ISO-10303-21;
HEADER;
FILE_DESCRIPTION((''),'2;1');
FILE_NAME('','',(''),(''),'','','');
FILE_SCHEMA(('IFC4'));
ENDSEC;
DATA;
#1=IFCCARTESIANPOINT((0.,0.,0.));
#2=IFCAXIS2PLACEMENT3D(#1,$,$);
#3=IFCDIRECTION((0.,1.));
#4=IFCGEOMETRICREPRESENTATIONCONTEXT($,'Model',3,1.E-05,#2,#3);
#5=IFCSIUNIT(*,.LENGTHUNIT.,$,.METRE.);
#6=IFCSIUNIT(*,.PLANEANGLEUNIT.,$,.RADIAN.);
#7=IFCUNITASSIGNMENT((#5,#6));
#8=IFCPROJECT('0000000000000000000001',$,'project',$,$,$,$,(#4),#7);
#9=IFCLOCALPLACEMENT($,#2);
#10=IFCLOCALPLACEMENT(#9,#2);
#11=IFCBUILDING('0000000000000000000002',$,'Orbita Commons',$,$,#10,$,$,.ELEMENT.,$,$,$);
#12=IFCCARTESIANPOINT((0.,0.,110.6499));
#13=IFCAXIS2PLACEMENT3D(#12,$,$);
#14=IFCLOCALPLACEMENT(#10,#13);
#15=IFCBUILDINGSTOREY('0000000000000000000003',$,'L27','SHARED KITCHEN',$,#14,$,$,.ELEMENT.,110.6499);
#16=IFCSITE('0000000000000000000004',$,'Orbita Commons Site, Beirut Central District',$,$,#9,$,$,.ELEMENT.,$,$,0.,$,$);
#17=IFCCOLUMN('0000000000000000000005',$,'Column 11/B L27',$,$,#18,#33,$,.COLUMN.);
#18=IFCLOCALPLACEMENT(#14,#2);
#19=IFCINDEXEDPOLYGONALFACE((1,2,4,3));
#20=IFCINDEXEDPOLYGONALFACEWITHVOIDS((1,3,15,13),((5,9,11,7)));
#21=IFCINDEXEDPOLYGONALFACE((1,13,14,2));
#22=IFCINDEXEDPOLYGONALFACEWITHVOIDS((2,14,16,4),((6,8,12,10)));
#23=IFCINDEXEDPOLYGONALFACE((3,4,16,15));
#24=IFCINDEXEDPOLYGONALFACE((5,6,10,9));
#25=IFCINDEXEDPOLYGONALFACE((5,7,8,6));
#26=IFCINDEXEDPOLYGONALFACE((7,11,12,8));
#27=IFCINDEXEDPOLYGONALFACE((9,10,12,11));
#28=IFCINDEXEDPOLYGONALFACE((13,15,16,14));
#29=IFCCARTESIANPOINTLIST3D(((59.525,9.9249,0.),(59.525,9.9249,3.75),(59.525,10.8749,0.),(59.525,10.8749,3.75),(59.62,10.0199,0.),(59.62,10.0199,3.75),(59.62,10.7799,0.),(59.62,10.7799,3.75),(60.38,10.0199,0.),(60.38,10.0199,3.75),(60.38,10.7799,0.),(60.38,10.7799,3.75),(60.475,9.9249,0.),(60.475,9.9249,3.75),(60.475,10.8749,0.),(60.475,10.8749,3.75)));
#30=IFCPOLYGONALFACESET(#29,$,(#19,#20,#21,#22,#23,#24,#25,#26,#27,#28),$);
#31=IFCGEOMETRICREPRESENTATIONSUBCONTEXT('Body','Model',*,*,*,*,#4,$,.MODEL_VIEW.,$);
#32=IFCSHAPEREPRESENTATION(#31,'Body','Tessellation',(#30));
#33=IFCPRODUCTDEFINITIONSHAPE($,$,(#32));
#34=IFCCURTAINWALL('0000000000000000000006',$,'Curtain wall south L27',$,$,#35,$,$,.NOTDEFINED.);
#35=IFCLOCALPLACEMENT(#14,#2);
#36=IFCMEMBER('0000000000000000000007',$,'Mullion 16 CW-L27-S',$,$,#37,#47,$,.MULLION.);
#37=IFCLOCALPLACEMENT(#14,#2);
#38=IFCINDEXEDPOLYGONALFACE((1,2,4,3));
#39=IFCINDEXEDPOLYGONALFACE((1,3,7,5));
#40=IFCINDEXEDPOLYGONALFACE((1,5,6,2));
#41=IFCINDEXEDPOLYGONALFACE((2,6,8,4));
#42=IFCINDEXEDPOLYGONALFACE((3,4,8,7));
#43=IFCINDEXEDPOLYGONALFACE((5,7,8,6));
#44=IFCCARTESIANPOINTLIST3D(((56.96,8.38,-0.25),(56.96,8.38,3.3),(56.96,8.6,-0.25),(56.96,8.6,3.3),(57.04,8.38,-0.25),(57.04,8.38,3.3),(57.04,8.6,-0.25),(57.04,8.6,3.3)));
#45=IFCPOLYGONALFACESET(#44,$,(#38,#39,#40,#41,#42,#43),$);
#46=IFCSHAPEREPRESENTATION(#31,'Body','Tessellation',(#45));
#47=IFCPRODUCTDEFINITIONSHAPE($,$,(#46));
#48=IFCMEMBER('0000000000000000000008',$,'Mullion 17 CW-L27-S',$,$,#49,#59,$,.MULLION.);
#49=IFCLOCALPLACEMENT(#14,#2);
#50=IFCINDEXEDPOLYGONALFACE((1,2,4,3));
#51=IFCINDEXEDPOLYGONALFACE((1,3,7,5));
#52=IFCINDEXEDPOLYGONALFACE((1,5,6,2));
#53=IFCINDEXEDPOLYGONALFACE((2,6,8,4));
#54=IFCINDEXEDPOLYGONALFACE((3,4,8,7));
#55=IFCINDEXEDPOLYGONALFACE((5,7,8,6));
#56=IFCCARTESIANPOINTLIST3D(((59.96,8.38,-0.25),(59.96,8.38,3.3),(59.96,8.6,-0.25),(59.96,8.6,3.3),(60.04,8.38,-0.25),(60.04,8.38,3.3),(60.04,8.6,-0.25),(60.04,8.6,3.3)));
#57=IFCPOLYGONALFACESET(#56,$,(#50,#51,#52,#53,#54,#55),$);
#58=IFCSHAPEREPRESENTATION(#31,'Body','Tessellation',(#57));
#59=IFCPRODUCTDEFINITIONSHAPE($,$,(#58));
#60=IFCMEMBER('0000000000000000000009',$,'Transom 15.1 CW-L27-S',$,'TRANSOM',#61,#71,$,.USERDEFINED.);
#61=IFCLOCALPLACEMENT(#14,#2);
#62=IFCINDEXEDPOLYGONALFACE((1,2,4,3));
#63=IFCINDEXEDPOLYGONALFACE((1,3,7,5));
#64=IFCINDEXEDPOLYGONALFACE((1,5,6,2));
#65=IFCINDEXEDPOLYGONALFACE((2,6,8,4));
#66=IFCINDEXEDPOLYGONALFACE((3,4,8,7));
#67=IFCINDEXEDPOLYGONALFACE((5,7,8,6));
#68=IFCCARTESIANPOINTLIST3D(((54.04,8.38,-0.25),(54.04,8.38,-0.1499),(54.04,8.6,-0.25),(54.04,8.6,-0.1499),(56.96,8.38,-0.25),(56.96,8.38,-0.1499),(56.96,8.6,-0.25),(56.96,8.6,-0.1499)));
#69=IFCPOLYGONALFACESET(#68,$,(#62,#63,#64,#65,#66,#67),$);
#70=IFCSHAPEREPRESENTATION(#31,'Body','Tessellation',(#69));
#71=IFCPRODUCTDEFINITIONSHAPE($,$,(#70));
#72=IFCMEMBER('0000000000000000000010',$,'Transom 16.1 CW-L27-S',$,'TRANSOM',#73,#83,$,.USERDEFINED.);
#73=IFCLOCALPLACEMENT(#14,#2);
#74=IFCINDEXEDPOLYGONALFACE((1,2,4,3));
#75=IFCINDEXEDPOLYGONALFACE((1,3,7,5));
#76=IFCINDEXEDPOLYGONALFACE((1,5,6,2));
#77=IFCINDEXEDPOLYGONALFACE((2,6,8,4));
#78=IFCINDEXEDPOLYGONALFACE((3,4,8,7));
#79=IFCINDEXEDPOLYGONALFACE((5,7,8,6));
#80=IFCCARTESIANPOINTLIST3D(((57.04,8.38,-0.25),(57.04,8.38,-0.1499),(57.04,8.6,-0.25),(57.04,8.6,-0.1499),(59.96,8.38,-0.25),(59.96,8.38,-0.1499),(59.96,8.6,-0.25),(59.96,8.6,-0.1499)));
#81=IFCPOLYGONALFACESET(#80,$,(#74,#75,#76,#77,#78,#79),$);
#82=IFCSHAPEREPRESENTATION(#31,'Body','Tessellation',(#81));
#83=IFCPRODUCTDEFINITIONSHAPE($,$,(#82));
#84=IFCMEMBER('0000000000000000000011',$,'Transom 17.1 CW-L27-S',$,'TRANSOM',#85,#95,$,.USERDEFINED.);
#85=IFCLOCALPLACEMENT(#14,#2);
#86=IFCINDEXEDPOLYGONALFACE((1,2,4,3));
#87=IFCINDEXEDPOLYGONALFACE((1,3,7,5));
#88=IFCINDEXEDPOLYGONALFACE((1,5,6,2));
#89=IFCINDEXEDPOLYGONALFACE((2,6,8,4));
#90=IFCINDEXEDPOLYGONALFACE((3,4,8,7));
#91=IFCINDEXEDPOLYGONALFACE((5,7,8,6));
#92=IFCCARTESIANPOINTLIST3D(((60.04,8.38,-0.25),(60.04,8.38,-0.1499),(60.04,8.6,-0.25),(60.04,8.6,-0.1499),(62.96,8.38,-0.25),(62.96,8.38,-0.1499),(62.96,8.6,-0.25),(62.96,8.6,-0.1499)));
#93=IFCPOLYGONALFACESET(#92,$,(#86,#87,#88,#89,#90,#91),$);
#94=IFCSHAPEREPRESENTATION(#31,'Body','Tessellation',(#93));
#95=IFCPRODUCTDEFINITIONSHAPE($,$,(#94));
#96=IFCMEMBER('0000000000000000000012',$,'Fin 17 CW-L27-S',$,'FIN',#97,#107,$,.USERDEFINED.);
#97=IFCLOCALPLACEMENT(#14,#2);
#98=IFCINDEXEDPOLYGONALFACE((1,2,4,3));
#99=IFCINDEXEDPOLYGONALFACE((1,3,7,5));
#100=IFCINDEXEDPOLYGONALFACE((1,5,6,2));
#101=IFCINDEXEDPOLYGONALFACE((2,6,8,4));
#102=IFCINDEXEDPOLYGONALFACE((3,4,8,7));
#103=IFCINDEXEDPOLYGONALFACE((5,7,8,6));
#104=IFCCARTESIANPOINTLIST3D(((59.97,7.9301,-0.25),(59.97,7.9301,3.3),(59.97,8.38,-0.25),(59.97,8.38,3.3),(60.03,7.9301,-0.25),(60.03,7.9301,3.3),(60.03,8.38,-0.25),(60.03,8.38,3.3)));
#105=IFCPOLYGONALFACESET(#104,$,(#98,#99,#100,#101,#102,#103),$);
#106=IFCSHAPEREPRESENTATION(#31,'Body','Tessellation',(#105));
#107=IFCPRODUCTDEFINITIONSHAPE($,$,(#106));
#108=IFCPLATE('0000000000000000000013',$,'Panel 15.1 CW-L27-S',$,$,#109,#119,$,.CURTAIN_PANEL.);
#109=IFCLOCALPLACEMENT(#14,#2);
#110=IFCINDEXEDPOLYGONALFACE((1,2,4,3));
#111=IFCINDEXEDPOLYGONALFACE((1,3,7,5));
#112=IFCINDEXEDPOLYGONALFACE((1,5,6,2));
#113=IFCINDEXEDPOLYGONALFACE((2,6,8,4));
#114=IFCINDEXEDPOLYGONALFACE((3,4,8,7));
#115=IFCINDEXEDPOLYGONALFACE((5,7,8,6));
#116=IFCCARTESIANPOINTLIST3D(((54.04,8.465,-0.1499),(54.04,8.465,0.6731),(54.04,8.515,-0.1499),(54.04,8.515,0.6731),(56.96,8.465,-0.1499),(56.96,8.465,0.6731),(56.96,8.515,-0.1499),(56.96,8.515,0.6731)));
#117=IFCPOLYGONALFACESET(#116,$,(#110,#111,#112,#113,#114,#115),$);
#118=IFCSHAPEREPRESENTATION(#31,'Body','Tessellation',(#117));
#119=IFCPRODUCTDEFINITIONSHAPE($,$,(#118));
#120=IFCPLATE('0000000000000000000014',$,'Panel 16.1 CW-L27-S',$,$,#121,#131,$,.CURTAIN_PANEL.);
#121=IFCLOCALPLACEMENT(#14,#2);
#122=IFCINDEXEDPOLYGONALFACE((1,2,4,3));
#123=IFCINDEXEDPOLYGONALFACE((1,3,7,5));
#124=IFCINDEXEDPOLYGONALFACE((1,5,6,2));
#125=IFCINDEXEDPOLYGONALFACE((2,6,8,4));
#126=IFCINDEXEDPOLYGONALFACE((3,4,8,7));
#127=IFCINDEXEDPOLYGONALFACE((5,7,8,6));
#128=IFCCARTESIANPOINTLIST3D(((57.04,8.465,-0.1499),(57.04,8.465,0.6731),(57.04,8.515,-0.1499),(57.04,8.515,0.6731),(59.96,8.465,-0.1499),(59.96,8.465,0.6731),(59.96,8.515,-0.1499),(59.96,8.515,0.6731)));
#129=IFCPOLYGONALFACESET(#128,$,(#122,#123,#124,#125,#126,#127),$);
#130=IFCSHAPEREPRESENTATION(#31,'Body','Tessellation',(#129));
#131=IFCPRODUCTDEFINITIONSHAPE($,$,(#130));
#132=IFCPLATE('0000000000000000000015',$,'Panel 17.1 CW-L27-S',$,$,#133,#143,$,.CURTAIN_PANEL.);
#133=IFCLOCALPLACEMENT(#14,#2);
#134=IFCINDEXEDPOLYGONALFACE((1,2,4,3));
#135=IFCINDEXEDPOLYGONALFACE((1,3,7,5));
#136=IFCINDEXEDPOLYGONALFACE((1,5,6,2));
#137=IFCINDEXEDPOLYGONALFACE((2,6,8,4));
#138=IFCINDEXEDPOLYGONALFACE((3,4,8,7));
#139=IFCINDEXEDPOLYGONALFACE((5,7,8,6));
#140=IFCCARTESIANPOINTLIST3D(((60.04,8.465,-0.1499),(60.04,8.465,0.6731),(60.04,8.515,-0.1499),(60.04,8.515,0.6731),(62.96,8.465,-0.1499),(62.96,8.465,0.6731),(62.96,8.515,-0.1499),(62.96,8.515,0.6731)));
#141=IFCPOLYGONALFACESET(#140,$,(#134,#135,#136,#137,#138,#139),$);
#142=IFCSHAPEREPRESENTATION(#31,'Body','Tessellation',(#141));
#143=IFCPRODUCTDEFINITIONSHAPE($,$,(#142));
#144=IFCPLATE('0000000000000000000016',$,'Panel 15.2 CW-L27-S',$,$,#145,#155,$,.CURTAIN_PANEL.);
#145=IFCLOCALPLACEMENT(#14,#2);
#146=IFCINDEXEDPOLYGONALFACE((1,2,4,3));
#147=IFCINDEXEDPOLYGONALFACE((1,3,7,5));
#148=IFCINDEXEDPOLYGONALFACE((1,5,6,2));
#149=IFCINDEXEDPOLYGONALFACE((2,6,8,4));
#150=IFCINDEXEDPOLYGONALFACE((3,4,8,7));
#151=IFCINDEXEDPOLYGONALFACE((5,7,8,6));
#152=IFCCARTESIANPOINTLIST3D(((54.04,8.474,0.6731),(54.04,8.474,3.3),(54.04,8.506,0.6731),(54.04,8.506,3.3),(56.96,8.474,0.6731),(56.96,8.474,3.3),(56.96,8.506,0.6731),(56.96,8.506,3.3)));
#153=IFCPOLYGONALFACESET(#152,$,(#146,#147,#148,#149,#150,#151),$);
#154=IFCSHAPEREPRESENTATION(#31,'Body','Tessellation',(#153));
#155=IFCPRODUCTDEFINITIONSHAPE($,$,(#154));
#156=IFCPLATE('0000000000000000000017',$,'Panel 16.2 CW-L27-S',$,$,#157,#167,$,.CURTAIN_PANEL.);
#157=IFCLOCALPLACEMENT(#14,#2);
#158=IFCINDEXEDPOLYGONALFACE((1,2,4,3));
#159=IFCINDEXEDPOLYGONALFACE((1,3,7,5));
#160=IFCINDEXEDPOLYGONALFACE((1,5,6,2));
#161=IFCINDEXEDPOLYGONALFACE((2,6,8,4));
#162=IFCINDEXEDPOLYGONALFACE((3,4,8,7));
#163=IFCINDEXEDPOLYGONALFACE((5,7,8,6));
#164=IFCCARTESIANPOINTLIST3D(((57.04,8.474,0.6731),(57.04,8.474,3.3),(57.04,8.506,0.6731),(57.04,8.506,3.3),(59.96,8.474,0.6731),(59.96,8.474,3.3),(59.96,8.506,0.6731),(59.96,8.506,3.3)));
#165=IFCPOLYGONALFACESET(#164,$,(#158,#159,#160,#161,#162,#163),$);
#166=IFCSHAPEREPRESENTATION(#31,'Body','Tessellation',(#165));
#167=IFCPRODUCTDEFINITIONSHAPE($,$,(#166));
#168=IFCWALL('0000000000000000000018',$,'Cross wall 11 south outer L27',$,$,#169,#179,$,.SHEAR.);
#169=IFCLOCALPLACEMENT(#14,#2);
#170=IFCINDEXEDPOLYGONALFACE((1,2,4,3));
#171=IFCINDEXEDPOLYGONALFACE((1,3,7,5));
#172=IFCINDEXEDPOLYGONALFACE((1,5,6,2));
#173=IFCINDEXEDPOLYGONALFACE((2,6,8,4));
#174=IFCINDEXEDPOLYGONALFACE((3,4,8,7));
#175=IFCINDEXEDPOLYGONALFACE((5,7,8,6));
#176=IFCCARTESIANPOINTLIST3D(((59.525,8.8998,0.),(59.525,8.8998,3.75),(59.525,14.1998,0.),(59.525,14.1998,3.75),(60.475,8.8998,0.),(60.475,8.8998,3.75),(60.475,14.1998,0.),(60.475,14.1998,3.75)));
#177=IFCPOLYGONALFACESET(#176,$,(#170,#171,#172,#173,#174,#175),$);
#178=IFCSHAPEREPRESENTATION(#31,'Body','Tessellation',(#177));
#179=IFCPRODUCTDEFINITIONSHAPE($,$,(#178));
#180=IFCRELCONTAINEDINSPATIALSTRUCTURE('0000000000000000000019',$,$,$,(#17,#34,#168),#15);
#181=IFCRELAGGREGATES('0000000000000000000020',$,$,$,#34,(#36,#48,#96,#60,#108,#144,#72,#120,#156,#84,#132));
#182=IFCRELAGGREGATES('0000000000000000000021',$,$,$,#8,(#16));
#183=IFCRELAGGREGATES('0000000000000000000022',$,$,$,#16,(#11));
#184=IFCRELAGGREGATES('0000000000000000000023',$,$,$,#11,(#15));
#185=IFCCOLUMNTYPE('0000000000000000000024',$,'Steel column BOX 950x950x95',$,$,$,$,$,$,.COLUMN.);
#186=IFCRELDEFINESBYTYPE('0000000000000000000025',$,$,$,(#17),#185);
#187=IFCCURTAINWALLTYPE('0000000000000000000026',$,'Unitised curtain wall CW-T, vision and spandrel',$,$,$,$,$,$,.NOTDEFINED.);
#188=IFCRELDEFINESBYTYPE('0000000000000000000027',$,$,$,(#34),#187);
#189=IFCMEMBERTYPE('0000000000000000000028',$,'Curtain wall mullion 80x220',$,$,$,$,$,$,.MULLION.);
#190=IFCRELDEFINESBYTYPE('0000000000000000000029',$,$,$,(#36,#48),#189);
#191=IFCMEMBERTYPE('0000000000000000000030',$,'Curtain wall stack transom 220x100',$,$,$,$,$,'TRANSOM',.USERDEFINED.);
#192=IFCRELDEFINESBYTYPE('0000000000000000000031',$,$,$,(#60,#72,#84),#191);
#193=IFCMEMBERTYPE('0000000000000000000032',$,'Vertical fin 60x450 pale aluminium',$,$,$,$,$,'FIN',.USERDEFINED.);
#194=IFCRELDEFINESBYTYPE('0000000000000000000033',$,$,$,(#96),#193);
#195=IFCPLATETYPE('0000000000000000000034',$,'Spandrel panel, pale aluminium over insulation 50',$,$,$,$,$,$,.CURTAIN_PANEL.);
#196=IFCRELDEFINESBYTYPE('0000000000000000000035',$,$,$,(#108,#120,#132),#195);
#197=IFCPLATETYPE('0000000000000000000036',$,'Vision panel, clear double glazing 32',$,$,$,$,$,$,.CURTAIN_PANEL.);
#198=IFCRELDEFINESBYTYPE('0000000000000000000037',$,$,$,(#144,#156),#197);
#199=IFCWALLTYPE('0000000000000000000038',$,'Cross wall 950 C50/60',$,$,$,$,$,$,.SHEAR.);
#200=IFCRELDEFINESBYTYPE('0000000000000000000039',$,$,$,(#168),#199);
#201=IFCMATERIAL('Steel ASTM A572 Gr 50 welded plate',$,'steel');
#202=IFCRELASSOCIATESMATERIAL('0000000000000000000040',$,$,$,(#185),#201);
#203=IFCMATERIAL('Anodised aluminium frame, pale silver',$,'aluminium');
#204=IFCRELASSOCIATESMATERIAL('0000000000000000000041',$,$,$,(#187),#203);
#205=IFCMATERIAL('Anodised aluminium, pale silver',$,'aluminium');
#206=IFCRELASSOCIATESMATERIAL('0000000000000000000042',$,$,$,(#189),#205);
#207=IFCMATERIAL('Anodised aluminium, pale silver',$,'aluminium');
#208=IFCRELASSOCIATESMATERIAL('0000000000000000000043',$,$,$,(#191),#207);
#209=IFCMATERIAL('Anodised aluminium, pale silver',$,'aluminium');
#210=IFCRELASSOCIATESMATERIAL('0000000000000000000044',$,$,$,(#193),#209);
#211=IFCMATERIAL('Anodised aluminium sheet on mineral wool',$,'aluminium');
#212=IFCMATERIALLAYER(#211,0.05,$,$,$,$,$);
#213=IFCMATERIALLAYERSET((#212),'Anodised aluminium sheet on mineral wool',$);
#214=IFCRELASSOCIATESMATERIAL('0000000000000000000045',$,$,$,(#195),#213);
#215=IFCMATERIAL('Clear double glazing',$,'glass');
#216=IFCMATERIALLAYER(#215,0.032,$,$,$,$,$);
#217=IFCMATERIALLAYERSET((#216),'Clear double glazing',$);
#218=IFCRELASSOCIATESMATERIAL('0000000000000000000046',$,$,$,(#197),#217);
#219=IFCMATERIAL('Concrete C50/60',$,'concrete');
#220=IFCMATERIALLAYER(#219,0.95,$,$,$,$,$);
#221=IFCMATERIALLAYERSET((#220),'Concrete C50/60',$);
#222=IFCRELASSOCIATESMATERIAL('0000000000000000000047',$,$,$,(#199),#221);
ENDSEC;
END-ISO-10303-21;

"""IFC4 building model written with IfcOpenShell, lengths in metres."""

from ifc_helpers import new_model, si_unit, direction, frame, frame_2d, origin, origin_2d, place, context, subcontext, project, spatial, rectangle, hollow_rectangle, extrude, material, layer, layer_set, material_profile, profile_set, type_object, element, aggregate, save


model = new_model("IFC4")

# Units and contexts
model_context = context("Model", 3, precision=1e-05, world=origin(), true_north=direction((0.0, 1.0)))
body_context = subcontext(model_context, "Body", "Model", "MODEL_VIEW")
ifc_project = project(units=[si_unit("LENGTHUNIT", "METRE"), si_unit("PLANEANGLEUNIT", "RADIAN")], contexts=[model_context])

# Site, building, storey
site_placement = place(None, origin())
site = spatial("IfcSite", under=ifc_project, at=site_placement, Name="Orbita Commons Site, Beirut Central District", CompositionType="ELEMENT", RefElevation=0.0)
building_placement = place(site_placement, origin())
building = spatial("IfcBuilding", under=site, at=building_placement, Name="Orbita Commons", CompositionType="ELEMENT")
storey_placement = place(building_placement, frame((0.0, 0.0, 110.6499)))
storey = spatial("IfcBuildingStorey", under=building, at=storey_placement, Name="L27", Description="SHARED KITCHEN", CompositionType="ELEMENT", Elevation=110.6499)

# Column
ifc_material_1 = material(Name="Steel ASTM A572 Gr 50 welded plate", Category="steel")
ifc_material_profile_1 = material_profile(ifc_material_1, hollow_rectangle(XDim=0.95, YDim=0.95, WallThickness=0.095, at=origin_2d()), Name="BOX 950x950x95")
ifc_profile_set_1 = profile_set([ifc_material_profile_1], Name="Steel ASTM A572 Gr 50 welded plate")
column_type = type_object("IfcColumnType", Name="Steel column BOX 950x950x95", PredefinedType="COLUMN", material=ifc_profile_set_1)
column_placement = place(storey_placement, frame((60.0, 10.3999, 0.0), z_axis=(0.0, 0.0, 1.0), x_axis=(1.0, 0.0, 0.0)))
element("IfcColumn", 1, at=column_placement, inside=storey, type_object=column_type, Name="Column 11/B L27", PredefinedType="COLUMN", context=body_context, shape_type="SweptSolid", body=[
    extrude(hollow_rectangle(XDim=0.95, YDim=0.95, WallThickness=0.095, at=origin_2d()), origin(), (0.0, 0.0, 1.0), 3.75),
])

# Curtain wall, members, plates
ifc_material_2 = material(Name="Anodised aluminium frame, pale silver", Category="aluminium")
curtain_wall_type = type_object("IfcCurtainWallType", Name="Unitised curtain wall CW-T, vision and spandrel", PredefinedType="NOTDEFINED", material=ifc_material_2)
curtain_wall_placement = place(storey_placement, origin())
curtain_wall = element("IfcCurtainWall", 2, at=curtain_wall_placement, inside=storey, type_object=curtain_wall_type, Name="Curtain wall south L27", PredefinedType="NOTDEFINED")
ifc_material_3 = material(Name="Anodised aluminium, pale silver", Category="aluminium")
ifc_material_profile_2 = material_profile(ifc_material_3, rectangle(XDim=0.0801, YDim=0.22, at=origin_2d()), Name="AL 80x220")
ifc_profile_set_2 = profile_set([ifc_material_profile_2], Name="Anodised aluminium, pale silver")
member_type_1 = type_object("IfcMemberType", Name="Curtain wall mullion 80x220", PredefinedType="MULLION", material=ifc_profile_set_2)
member_1_placement = place(storey_placement, frame((57.0, 8.49, -0.25), z_axis=(0.0, 0.0, 1.0), x_axis=(1.0, 0.0, 0.0)))
member_1 = element("IfcMember", 3, at=member_1_placement, type_object=member_type_1, Name="Mullion 16 CW-L27-S", PredefinedType="MULLION", context=body_context, shape_type="SweptSolid", body=[
    extrude(rectangle(XDim=0.0801, YDim=0.22, at=origin_2d()), origin(), (0.0, 0.0, 1.0), 3.55),
])
member_2_placement = place(storey_placement, frame((60.0, 8.49, -0.25), z_axis=(0.0, 0.0, 1.0), x_axis=(1.0, 0.0, 0.0)))
member_2 = element("IfcMember", 4, at=member_2_placement, type_object=member_type_1, Name="Mullion 17 CW-L27-S", PredefinedType="MULLION", context=body_context, shape_type="SweptSolid", body=[
    extrude(rectangle(XDim=0.0801, YDim=0.22, at=origin_2d()), origin(), (0.0, 0.0, 1.0), 3.55),
])
ifc_material_4 = material(Name="Anodised aluminium, pale silver", Category="aluminium")
ifc_material_profile_3 = material_profile(ifc_material_4, rectangle(XDim=0.22, YDim=0.1001, at=origin_2d()), Name="AL 220x100")
ifc_profile_set_3 = profile_set([ifc_material_profile_3], Name="Anodised aluminium, pale silver")
member_type_2 = type_object("IfcMemberType", Name="Curtain wall stack transom 220x100", ElementType="TRANSOM", PredefinedType="USERDEFINED", material=ifc_profile_set_3)
member_3_placement = place(storey_placement, frame((54.04, 8.49, -0.2), z_axis=(1.0, 0.0, 0.0), x_axis=(0.0, 1.0, 0.0)))
member_3 = element("IfcMember", 5, at=member_3_placement, type_object=member_type_2, Name="Transom 15.1 CW-L27-S", ObjectType="TRANSOM", PredefinedType="USERDEFINED", context=body_context, shape_type="SweptSolid", body=[
    extrude(rectangle(XDim=0.22, YDim=0.1001, at=origin_2d()), origin(), (0.0, 0.0, 1.0), 2.9199),
])
member_4_placement = place(storey_placement, frame((57.04, 8.49, -0.2), z_axis=(1.0, 0.0, 0.0), x_axis=(0.0, 1.0, 0.0)))
member_4 = element("IfcMember", 6, at=member_4_placement, type_object=member_type_2, Name="Transom 16.1 CW-L27-S", ObjectType="TRANSOM", PredefinedType="USERDEFINED", context=body_context, shape_type="SweptSolid", body=[
    extrude(rectangle(XDim=0.22, YDim=0.1001, at=origin_2d()), origin(), (0.0, 0.0, 1.0), 2.9199),
])
member_5_placement = place(storey_placement, frame((60.04, 8.49, -0.2), z_axis=(1.0, 0.0, 0.0), x_axis=(0.0, 1.0, 0.0)))
member_5 = element("IfcMember", 7, at=member_5_placement, type_object=member_type_2, Name="Transom 17.1 CW-L27-S", ObjectType="TRANSOM", PredefinedType="USERDEFINED", context=body_context, shape_type="SweptSolid", body=[
    extrude(rectangle(XDim=0.22, YDim=0.1001, at=origin_2d()), origin(), (0.0, 0.0, 1.0), 2.9199),
])
ifc_material_5 = material(Name="Anodised aluminium, pale silver", Category="aluminium")
ifc_material_profile_4 = material_profile(ifc_material_5, rectangle(XDim=0.0601, YDim=0.45, at=origin_2d()), Name="FIN 60x450")
ifc_profile_set_4 = profile_set([ifc_material_profile_4], Name="Anodised aluminium, pale silver")
member_type_3 = type_object("IfcMemberType", Name="Vertical fin 60x450 pale aluminium", ElementType="FIN", PredefinedType="USERDEFINED", material=ifc_profile_set_4)
member_6_placement = place(storey_placement, frame((60.0, 8.155, -0.25), z_axis=(0.0, 0.0, 1.0), x_axis=(1.0, 0.0, 0.0)))
member_6 = element("IfcMember", 8, at=member_6_placement, type_object=member_type_3, Name="Fin 17 CW-L27-S", ObjectType="FIN", PredefinedType="USERDEFINED", context=body_context, shape_type="SweptSolid", body=[
    extrude(rectangle(XDim=0.0601, YDim=0.45, at=origin_2d()), origin(), (0.0, 0.0, 1.0), 3.55),
])
ifc_material_6 = material(Name="Anodised aluminium sheet on mineral wool", Category="aluminium")
ifc_layer_1 = layer(ifc_material_6, 0.05)
ifc_layer_set_1 = layer_set([ifc_layer_1], Name="Anodised aluminium sheet on mineral wool")
plate_type_1 = type_object("IfcPlateType", Name="Spandrel panel, pale aluminium over insulation 50", PredefinedType="CURTAIN_PANEL", material=ifc_layer_set_1)
plate_1_placement = place(storey_placement, frame((55.5, 8.49, -0.1499), z_axis=(0.0, 0.0, 1.0), x_axis=(1.0, 0.0, 0.0)))
plate_1 = element("IfcPlate", 9, at=plate_1_placement, type_object=plate_type_1, Name="Panel 15.1 CW-L27-S", PredefinedType="CURTAIN_PANEL", context=body_context, shape_type="SweptSolid", body=[
    extrude(rectangle(XDim=2.9199, YDim=0.05, at=origin_2d()), origin(), (0.0, 0.0, 1.0), 0.823),
])
plate_2_placement = place(storey_placement, frame((58.5, 8.49, -0.1499), z_axis=(0.0, 0.0, 1.0), x_axis=(1.0, 0.0, 0.0)))
plate_2 = element("IfcPlate", 10, at=plate_2_placement, type_object=plate_type_1, Name="Panel 16.1 CW-L27-S", PredefinedType="CURTAIN_PANEL", context=body_context, shape_type="SweptSolid", body=[
    extrude(rectangle(XDim=2.9199, YDim=0.05, at=origin_2d()), origin(), (0.0, 0.0, 1.0), 0.823),
])
plate_3_placement = place(storey_placement, frame((61.5, 8.49, -0.1499), z_axis=(0.0, 0.0, 1.0), x_axis=(1.0, 0.0, 0.0)))
plate_3 = element("IfcPlate", 11, at=plate_3_placement, type_object=plate_type_1, Name="Panel 17.1 CW-L27-S", PredefinedType="CURTAIN_PANEL", context=body_context, shape_type="SweptSolid", body=[
    extrude(rectangle(XDim=2.9199, YDim=0.05, at=origin_2d()), origin(), (0.0, 0.0, 1.0), 0.823),
])
ifc_material_7 = material(Name="Clear double glazing", Category="glass")
ifc_layer_2 = layer(ifc_material_7, 0.032)
ifc_layer_set_2 = layer_set([ifc_layer_2], Name="Clear double glazing")
plate_type_2 = type_object("IfcPlateType", Name="Vision panel, clear double glazing 32", PredefinedType="CURTAIN_PANEL", material=ifc_layer_set_2)
plate_4_placement = place(storey_placement, frame((55.5, 8.49, 0.6731), z_axis=(0.0, 0.0, 1.0), x_axis=(1.0, 0.0, 0.0)))
plate_4 = element("IfcPlate", 12, at=plate_4_placement, type_object=plate_type_2, Name="Panel 15.2 CW-L27-S", PredefinedType="CURTAIN_PANEL", context=body_context, shape_type="SweptSolid", body=[
    extrude(rectangle(XDim=2.9199, YDim=0.032, at=origin_2d()), origin(), (0.0, 0.0, 1.0), 2.627),
])
plate_5_placement = place(storey_placement, frame((58.5, 8.49, 0.6731), z_axis=(0.0, 0.0, 1.0), x_axis=(1.0, 0.0, 0.0)))
plate_5 = element("IfcPlate", 13, at=plate_5_placement, type_object=plate_type_2, Name="Panel 16.2 CW-L27-S", PredefinedType="CURTAIN_PANEL", context=body_context, shape_type="SweptSolid", body=[
    extrude(rectangle(XDim=2.9199, YDim=0.032, at=origin_2d()), origin(), (0.0, 0.0, 1.0), 2.627),
])
aggregate(curtain_wall, [member_1, member_2, member_6, member_3, plate_1, plate_4, member_4, plate_2, plate_5, member_5, plate_3])

# Wall
ifc_material_8 = material(Name="Concrete C50/60", Category="concrete")
ifc_layer_3 = layer(ifc_material_8, 0.95)
ifc_layer_set_3 = layer_set([ifc_layer_3], Name="Concrete C50/60")
wall_type_1 = type_object("IfcWallType", Name="Cross wall 950 C50/60", PredefinedType="SHEAR", material=ifc_layer_set_3)
wall_1_placement = place(storey_placement, frame((60.0, 8.8999, 0.0), z_axis=(0.0, 0.0, 1.0), x_axis=(0.0, 1.0, 0.0)))
element("IfcWall", 14, at=wall_1_placement, inside=storey, type_object=wall_type_1, Name="Cross wall 11 south outer L27", PredefinedType="SHEAR", context=body_context, shape_type="SweptSolid", body=[
    extrude(rectangle(XDim=5.3, YDim=0.95, at=frame_2d((2.6499, 0.0))), origin(), (0.0, 0.0, 1.0), 3.75),
])

save(model, "model.ifc")
